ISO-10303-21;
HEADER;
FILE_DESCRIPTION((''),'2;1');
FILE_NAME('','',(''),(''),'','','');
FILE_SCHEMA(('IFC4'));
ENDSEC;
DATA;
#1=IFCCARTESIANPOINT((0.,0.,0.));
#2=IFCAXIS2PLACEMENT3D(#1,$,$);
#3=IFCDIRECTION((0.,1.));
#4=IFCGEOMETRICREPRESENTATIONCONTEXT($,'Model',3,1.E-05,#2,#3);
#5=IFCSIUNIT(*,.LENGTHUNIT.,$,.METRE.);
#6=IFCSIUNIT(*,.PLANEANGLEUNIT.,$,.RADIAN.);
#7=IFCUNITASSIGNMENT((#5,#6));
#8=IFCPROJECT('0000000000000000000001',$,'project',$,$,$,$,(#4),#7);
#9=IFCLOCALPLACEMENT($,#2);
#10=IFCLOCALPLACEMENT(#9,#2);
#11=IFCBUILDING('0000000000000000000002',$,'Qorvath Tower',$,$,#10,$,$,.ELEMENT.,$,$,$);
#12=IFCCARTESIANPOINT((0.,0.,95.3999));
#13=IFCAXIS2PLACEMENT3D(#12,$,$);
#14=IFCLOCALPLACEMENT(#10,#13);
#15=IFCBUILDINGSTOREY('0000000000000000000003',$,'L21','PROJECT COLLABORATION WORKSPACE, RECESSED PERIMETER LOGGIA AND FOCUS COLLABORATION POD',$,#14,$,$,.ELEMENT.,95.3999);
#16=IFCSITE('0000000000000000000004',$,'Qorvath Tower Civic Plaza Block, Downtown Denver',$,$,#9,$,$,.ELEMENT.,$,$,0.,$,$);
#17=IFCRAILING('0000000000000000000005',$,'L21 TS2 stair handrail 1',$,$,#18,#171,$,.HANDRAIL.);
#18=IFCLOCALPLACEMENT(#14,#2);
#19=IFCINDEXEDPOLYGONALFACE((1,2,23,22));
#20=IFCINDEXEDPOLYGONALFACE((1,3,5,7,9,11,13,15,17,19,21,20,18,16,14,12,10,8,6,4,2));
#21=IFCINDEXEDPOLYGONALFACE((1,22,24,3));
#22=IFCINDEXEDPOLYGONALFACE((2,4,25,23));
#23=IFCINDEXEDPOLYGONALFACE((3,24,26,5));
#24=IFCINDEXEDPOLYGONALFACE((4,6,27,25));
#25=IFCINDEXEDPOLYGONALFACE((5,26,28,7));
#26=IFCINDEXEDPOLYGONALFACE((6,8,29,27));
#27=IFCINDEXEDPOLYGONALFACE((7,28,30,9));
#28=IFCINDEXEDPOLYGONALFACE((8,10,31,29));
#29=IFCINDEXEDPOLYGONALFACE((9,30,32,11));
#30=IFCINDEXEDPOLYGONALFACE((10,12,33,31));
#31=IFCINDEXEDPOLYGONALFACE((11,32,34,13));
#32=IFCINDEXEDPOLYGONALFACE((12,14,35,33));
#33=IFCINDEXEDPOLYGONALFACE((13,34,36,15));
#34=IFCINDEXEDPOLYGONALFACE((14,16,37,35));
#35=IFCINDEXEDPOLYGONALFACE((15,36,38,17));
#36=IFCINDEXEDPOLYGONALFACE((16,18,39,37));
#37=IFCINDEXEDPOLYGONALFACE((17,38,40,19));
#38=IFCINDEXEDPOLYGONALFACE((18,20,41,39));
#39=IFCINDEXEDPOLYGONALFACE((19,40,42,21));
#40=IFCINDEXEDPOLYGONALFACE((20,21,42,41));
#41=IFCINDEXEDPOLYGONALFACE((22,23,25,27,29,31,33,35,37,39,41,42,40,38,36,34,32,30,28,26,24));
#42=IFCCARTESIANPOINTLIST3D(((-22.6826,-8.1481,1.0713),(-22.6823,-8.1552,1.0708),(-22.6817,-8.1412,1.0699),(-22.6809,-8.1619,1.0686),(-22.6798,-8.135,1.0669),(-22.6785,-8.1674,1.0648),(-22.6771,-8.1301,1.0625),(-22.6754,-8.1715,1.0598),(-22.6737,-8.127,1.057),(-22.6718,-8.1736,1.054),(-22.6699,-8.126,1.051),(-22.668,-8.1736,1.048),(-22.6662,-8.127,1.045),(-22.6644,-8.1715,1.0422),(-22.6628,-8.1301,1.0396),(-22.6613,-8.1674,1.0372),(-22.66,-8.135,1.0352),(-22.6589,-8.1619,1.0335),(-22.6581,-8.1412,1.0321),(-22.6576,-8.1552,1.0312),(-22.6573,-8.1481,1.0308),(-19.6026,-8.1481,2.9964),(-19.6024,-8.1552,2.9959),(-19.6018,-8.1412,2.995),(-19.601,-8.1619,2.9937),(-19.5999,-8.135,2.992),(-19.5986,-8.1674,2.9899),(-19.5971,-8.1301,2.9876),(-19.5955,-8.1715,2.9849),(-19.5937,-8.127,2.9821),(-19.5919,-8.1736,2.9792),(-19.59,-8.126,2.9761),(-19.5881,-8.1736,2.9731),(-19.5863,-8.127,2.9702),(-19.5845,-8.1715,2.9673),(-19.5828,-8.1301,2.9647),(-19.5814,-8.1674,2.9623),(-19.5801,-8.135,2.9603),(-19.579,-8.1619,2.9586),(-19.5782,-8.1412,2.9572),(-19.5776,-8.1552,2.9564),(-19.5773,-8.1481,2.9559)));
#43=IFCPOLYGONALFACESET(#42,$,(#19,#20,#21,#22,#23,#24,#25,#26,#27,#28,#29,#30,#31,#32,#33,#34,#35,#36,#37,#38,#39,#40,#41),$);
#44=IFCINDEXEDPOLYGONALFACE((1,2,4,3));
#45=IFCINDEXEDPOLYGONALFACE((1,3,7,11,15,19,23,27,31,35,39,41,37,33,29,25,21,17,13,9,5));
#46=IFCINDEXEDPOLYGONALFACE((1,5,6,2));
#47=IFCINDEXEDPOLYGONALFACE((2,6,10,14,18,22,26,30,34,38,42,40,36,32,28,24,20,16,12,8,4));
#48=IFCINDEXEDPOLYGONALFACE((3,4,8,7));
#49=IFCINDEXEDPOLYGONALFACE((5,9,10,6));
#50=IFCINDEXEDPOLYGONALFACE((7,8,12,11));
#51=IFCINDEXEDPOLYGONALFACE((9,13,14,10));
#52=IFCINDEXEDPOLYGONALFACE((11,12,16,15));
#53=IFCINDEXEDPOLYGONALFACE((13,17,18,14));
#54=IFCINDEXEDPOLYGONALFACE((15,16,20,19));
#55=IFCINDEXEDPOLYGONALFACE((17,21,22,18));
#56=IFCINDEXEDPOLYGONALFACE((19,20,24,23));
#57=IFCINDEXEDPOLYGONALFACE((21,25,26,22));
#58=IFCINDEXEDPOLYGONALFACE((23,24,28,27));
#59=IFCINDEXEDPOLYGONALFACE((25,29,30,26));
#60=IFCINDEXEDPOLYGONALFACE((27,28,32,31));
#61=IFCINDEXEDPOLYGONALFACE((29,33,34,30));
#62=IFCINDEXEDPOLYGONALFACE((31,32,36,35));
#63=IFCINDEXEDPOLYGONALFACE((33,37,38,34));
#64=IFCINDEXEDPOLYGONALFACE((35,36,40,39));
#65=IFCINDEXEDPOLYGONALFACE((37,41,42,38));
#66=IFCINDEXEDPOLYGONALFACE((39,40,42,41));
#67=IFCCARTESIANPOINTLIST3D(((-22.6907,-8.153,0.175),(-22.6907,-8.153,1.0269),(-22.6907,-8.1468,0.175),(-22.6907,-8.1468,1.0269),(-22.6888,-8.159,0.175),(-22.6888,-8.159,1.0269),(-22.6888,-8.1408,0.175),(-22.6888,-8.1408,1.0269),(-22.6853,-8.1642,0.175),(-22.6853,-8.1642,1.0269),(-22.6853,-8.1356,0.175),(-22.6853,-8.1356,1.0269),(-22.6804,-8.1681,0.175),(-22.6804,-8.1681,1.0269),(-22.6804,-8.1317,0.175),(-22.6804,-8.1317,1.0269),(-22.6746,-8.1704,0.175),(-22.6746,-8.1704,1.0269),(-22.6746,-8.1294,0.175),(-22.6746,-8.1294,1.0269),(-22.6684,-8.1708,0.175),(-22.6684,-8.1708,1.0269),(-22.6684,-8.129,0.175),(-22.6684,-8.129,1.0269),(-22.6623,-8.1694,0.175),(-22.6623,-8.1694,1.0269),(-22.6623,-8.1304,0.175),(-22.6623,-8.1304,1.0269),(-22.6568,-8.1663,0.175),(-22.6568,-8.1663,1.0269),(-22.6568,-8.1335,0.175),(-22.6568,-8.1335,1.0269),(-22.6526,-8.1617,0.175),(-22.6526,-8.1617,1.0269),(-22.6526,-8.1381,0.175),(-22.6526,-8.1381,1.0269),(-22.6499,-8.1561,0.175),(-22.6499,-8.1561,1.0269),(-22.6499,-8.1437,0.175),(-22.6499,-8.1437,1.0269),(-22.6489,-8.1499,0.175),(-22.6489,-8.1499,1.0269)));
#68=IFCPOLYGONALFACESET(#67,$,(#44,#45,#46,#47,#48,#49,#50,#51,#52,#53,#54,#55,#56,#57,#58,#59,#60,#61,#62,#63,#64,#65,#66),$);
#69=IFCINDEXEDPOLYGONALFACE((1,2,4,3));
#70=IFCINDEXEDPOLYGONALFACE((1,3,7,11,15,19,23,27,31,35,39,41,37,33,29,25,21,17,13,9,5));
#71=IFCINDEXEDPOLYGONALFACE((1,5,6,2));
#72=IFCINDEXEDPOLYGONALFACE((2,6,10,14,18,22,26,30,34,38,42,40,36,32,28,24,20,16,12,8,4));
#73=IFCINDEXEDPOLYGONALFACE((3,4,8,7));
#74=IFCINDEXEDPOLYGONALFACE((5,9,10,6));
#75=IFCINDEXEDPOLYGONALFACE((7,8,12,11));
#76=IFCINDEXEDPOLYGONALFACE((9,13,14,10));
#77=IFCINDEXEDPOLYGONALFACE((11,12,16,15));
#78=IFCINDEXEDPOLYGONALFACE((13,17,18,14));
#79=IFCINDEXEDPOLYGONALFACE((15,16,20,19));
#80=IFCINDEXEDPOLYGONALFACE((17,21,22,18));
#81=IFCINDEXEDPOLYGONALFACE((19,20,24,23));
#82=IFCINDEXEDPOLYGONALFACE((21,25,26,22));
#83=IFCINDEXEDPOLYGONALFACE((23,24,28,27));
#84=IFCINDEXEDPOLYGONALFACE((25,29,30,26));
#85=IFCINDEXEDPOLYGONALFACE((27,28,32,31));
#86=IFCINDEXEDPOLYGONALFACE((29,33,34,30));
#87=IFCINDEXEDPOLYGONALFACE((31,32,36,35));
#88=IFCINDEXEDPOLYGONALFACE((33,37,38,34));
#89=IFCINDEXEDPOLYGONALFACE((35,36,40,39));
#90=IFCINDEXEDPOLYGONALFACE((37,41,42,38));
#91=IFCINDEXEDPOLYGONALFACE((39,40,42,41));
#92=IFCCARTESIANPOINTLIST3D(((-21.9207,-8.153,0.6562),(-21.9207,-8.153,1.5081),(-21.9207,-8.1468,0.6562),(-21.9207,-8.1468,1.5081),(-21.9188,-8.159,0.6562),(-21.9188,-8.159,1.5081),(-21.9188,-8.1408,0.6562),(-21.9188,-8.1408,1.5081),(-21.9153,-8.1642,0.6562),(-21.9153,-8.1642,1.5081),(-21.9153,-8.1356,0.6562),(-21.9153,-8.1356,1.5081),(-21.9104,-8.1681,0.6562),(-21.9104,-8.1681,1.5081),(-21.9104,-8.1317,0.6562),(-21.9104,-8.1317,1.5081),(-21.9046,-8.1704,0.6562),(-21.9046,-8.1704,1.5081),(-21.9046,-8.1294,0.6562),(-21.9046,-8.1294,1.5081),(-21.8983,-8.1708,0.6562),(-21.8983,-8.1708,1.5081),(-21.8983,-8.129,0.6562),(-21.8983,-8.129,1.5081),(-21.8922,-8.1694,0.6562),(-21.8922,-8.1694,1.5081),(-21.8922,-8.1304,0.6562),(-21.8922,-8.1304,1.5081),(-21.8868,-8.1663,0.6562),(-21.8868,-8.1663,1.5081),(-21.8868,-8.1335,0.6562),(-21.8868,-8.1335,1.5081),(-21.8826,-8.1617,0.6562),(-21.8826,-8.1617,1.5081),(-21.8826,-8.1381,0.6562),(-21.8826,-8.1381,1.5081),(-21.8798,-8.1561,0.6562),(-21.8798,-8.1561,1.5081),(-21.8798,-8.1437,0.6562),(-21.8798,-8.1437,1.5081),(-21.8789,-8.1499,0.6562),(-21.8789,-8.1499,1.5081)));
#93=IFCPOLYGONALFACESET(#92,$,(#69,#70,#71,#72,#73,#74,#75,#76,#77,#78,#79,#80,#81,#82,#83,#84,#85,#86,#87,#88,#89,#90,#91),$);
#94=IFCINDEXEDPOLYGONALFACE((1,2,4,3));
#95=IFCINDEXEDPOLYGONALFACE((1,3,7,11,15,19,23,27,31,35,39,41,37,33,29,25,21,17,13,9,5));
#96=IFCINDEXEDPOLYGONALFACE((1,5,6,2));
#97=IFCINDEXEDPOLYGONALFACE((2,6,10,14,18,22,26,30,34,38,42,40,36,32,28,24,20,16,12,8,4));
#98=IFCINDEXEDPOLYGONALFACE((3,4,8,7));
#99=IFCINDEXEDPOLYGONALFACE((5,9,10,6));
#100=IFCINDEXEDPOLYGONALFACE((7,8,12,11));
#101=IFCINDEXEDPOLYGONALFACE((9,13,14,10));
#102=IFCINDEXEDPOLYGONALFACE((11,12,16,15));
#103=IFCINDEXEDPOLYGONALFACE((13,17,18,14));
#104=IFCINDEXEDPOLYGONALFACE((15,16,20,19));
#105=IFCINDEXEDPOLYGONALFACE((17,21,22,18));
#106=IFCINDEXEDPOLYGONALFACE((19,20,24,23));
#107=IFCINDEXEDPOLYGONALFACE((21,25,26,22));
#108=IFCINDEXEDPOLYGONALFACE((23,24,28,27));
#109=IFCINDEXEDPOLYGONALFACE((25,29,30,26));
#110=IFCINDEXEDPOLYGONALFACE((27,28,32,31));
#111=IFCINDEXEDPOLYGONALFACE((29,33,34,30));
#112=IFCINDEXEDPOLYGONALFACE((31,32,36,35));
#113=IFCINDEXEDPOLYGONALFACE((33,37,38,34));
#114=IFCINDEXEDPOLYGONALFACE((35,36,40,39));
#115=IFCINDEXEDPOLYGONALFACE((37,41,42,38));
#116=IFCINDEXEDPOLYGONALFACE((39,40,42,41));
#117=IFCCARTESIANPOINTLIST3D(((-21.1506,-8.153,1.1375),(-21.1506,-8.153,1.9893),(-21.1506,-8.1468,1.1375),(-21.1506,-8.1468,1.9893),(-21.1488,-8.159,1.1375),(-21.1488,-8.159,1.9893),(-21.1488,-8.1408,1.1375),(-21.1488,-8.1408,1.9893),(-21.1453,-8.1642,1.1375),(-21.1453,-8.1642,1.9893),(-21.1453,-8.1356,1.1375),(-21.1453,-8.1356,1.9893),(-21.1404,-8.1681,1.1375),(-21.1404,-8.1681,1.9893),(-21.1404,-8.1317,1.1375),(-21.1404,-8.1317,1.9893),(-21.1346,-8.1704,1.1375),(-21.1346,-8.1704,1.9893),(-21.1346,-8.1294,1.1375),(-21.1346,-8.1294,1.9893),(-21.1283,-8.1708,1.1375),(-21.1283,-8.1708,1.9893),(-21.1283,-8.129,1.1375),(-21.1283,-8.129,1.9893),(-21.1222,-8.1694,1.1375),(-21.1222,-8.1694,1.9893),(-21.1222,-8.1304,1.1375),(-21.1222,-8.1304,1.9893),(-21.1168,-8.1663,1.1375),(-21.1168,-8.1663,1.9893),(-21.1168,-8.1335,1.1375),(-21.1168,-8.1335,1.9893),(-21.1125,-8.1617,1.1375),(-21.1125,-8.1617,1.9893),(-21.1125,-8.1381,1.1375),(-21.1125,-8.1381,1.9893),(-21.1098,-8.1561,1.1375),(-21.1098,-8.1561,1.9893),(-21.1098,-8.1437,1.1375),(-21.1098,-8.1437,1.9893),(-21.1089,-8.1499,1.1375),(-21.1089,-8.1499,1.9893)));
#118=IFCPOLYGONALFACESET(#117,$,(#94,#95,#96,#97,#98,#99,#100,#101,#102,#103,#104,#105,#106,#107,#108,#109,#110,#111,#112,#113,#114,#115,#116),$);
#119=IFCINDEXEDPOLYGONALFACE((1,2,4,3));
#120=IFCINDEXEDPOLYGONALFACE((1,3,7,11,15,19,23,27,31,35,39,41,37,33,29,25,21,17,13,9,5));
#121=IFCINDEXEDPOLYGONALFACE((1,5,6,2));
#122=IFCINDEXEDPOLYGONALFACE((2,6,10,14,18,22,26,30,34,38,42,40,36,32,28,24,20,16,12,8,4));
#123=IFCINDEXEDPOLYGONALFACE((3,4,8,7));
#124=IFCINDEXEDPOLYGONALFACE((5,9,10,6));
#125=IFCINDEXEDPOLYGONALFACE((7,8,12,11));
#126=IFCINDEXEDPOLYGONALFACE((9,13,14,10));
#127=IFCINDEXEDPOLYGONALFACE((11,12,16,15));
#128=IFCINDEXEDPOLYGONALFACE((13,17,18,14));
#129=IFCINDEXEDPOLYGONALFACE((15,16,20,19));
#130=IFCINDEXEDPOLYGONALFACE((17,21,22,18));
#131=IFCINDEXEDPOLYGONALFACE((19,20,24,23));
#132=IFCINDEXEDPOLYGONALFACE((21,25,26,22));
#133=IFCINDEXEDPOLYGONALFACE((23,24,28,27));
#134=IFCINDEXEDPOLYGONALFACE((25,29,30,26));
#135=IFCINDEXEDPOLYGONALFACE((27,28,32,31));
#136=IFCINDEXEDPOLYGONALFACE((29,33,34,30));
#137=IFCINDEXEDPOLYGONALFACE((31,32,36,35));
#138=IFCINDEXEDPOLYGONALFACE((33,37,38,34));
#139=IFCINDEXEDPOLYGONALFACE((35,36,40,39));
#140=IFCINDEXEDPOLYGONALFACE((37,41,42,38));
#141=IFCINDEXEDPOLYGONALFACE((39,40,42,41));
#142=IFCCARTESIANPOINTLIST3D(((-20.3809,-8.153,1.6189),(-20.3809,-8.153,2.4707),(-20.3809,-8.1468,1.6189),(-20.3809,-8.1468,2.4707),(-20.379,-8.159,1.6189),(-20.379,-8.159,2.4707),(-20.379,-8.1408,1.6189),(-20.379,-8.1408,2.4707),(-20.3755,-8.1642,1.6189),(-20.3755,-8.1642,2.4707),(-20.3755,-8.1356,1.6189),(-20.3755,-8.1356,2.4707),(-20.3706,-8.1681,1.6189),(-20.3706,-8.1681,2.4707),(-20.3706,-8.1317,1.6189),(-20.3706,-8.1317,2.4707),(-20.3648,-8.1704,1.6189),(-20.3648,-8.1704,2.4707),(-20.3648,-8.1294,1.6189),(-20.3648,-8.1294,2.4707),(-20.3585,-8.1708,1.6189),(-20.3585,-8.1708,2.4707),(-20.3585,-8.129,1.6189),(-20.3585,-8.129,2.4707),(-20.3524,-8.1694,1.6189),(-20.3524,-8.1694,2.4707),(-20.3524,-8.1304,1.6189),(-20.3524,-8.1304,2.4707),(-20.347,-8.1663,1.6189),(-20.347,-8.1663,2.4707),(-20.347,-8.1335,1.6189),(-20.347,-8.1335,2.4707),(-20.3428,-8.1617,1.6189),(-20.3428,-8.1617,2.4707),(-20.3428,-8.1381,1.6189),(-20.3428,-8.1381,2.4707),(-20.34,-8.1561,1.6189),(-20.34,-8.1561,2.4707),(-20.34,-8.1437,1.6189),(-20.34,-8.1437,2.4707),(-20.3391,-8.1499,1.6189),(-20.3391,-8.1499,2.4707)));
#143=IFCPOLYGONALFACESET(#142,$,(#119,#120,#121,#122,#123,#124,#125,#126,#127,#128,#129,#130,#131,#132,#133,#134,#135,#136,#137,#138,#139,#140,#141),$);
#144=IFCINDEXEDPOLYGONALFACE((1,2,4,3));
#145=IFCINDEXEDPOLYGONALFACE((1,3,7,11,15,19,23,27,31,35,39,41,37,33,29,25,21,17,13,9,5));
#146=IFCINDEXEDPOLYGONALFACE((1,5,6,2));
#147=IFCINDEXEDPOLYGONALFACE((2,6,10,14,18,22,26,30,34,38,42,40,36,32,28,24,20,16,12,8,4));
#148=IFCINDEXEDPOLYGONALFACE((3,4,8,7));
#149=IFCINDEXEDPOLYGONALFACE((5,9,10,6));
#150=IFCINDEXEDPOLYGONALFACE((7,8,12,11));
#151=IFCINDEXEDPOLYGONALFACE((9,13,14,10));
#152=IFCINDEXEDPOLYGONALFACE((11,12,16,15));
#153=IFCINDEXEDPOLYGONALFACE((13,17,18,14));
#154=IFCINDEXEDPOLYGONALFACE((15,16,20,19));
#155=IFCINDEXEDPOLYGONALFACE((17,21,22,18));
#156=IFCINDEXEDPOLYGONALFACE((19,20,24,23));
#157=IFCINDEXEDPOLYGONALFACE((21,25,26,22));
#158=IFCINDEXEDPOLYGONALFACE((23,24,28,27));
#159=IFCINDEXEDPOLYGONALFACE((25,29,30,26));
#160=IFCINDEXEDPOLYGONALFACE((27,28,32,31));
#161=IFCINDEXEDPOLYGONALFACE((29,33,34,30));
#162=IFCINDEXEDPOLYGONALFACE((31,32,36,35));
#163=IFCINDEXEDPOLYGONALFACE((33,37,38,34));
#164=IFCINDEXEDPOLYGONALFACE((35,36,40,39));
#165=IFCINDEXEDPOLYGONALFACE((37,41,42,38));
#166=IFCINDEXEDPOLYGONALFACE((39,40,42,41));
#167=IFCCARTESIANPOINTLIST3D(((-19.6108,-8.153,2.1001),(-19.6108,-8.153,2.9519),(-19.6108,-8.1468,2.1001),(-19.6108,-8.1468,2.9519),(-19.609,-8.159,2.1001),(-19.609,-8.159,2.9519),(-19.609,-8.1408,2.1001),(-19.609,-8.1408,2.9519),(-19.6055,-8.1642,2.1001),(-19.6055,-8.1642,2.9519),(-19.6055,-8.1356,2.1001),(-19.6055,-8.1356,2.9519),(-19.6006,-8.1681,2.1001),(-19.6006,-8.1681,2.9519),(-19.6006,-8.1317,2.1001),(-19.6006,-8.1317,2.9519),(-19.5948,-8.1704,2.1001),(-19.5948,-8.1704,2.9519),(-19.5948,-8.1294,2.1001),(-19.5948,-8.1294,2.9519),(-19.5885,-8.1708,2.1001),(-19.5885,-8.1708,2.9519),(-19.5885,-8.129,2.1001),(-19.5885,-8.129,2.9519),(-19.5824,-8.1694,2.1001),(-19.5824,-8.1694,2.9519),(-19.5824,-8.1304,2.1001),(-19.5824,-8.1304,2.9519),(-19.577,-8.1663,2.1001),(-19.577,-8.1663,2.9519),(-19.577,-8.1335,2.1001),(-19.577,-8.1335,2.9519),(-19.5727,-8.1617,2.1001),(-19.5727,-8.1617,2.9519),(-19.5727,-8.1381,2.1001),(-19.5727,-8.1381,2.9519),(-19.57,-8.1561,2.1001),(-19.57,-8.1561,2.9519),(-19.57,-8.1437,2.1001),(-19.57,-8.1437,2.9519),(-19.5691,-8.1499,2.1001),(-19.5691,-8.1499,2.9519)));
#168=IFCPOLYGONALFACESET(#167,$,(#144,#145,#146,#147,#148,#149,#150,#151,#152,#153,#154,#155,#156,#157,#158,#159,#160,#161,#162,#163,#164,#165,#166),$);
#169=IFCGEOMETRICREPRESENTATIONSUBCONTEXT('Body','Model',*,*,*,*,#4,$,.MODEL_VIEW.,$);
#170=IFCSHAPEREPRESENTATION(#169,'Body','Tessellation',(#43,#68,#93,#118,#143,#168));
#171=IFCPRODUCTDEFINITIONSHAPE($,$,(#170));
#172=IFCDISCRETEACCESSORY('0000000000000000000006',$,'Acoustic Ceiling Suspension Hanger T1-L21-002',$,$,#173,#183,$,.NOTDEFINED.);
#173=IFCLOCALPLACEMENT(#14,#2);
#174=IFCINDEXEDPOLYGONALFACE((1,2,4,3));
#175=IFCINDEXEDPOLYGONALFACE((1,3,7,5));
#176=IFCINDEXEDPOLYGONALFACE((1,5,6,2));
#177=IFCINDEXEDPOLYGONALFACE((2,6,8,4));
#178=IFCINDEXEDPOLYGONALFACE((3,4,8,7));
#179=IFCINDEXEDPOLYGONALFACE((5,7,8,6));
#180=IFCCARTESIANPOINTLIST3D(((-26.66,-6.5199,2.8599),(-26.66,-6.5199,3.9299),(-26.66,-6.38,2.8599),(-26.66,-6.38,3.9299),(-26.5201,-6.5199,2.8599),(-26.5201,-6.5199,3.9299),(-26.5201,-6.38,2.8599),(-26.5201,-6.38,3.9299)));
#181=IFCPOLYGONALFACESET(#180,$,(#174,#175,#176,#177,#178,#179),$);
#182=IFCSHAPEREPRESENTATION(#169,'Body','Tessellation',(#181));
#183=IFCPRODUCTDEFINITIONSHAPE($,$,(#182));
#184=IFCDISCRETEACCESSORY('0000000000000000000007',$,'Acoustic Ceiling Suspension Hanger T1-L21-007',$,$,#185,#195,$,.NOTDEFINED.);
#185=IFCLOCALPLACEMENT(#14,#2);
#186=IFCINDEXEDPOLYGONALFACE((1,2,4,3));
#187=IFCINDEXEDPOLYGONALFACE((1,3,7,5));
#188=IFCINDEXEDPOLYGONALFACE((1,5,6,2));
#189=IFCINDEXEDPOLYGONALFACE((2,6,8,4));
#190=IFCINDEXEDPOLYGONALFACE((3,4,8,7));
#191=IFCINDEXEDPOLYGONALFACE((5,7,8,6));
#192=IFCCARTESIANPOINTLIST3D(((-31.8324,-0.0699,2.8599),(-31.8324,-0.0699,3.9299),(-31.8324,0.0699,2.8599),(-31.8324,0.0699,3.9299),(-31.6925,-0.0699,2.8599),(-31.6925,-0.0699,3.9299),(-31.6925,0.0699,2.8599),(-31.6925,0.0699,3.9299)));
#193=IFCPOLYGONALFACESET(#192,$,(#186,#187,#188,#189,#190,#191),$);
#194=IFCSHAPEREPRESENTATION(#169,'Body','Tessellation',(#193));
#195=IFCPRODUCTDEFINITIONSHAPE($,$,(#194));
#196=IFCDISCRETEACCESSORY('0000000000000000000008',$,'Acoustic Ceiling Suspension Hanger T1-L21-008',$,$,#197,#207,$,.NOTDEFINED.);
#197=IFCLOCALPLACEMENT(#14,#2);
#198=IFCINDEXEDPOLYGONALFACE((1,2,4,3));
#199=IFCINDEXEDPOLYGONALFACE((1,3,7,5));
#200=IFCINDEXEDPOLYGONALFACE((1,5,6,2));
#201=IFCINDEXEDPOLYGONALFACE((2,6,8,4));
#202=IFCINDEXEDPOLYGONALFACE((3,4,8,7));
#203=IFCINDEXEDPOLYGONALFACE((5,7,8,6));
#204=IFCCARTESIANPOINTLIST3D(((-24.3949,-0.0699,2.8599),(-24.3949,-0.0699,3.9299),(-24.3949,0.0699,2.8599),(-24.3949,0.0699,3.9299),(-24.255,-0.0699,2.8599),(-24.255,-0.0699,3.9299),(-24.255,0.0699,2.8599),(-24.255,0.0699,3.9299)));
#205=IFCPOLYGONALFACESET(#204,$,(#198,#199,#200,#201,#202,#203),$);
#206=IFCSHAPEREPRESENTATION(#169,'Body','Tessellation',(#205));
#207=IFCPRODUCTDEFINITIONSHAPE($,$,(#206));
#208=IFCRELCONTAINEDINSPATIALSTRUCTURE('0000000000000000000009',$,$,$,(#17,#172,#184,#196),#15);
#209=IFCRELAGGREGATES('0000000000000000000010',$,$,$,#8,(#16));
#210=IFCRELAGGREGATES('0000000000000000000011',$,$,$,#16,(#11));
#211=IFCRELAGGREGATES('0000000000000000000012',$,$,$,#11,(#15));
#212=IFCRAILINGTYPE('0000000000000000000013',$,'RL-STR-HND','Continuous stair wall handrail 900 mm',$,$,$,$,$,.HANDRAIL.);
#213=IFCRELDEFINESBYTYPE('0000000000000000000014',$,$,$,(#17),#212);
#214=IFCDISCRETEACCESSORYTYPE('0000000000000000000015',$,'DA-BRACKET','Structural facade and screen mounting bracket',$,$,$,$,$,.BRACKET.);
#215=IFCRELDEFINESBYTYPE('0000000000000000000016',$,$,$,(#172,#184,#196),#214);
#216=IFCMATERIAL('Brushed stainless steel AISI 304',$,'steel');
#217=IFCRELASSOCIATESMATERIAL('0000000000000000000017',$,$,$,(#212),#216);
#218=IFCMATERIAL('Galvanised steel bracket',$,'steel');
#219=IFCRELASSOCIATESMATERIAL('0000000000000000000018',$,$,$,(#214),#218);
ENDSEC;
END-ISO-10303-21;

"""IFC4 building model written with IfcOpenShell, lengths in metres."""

from ifc_helpers import new_model, si_unit, direction, frame, origin, origin_2d, place, context, subcontext, project, spatial, rectangle, circle, extrude, material, type_object, element, save


model = new_model("IFC4")

# Units and contexts
model_context = context("Model", 3, precision=1e-05, world=origin(), true_north=direction((0.0, 1.0)))
body_context = subcontext(model_context, "Body", "Model", "MODEL_VIEW")
ifc_project = project(units=[si_unit("LENGTHUNIT", "METRE"), si_unit("PLANEANGLEUNIT", "RADIAN")], contexts=[model_context])

# Site, building, storey
site_placement = place(None, origin())
site = spatial("IfcSite", under=ifc_project, at=site_placement, Name="Qorvath Tower Civic Plaza Block, Downtown Denver", CompositionType="ELEMENT", RefElevation=0.0)
building_placement = place(site_placement, origin())
building = spatial("IfcBuilding", under=site, at=building_placement, Name="Qorvath Tower", CompositionType="ELEMENT")
storey_placement = place(building_placement, frame((0.0, 0.0, 95.3999)))
storey = spatial("IfcBuildingStorey", under=building, at=storey_placement, Name="L21", Description="PROJECT COLLABORATION WORKSPACE, RECESSED PERIMETER LOGGIA AND FOCUS COLLABORATION POD", CompositionType="ELEMENT", Elevation=95.3999)

# Railing
ifc_material_1 = material(Name="Brushed stainless steel AISI 304", Category="steel")
railing_type_1 = type_object("IfcRailingType", Name="RL-STR-HND", Description="Continuous stair wall handrail 900 mm", PredefinedType="HANDRAIL", material=ifc_material_1)
railing_1_placement = place(storey_placement, frame((-22.6699, -8.1499, 0.175)))
element("IfcRailing", 1, at=railing_1_placement, inside=storey, type_object=railing_type_1, Name="L21 TS2 stair handrail 1", PredefinedType="HANDRAIL", context=body_context, shape_type="SweptSolid", body=[
    extrude(circle(Radius=0.0239, at=origin_2d()), frame((0.0, 0.0, 0.876), z_axis=(0.847979, 0.0, 0.530029), x_axis=(0.0, 1.0, 0.0)), (0.0, 0.0, 1.0), 3.6321),
    extrude(circle(Radius=0.021, at=origin_2d()), origin(), (0.0, 0.0, 1.0), 0.8518),
    extrude(circle(Radius=0.021, at=origin_2d()), frame((0.77, 0.0, 0.4812)), (0.0, 0.0, 1.0), 0.8518),
    extrude(circle(Radius=0.021, at=origin_2d()), frame((1.54, 0.0, 0.9624)), (0.0, 0.0, 1.0), 0.8518),
    extrude(circle(Radius=0.021, at=origin_2d()), frame((2.3098, 0.0, 1.4438)), (0.0, 0.0, 1.0), 0.8518),
    extrude(circle(Radius=0.021, at=origin_2d()), frame((3.0798, 0.0, 1.925)), (0.0, 0.0, 1.0), 0.8518),
])

# Discrete accessories
ifc_material_2 = material(Name="Galvanised steel bracket", Category="steel")
discrete_accessory_type = type_object("IfcDiscreteAccessoryType", Name="DA-BRACKET", Description="Structural facade and screen mounting bracket", PredefinedType="BRACKET", material=ifc_material_2)
for number, where, z_axis, x_axis, name in (
    (2, (-26.5901, -6.45, 2.8599), (0.0, 0.0, 1.0), (1.0, 0.0, 0.0), "Acoustic Ceiling Suspension Hanger T1-L21-002"),
    (3, (-31.7625, 0.0, 2.8599), (0.0, 0.0, 1.0), (1.0, 0.0, 0.0), "Acoustic Ceiling Suspension Hanger T1-L21-007"),
    (4, (-24.325, 0.0, 2.8599), (0.0, 0.0, 1.0), (1.0, 0.0, 0.0), "Acoustic Ceiling Suspension Hanger T1-L21-008"),
):
    element("IfcDiscreteAccessory", number, at=place(storey_placement, frame(where, z_axis=z_axis, x_axis=x_axis)), inside=storey, type_object=discrete_accessory_type, Name=name, PredefinedType="NOTDEFINED", context=body_context, shape_type="SweptSolid", body=[
        extrude(rectangle(XDim=0.1399, YDim=0.1399, at=origin_2d()), origin(), (0.0, 0.0, 1.0), 1.0701),
    ])

save(model, "model.ifc")
